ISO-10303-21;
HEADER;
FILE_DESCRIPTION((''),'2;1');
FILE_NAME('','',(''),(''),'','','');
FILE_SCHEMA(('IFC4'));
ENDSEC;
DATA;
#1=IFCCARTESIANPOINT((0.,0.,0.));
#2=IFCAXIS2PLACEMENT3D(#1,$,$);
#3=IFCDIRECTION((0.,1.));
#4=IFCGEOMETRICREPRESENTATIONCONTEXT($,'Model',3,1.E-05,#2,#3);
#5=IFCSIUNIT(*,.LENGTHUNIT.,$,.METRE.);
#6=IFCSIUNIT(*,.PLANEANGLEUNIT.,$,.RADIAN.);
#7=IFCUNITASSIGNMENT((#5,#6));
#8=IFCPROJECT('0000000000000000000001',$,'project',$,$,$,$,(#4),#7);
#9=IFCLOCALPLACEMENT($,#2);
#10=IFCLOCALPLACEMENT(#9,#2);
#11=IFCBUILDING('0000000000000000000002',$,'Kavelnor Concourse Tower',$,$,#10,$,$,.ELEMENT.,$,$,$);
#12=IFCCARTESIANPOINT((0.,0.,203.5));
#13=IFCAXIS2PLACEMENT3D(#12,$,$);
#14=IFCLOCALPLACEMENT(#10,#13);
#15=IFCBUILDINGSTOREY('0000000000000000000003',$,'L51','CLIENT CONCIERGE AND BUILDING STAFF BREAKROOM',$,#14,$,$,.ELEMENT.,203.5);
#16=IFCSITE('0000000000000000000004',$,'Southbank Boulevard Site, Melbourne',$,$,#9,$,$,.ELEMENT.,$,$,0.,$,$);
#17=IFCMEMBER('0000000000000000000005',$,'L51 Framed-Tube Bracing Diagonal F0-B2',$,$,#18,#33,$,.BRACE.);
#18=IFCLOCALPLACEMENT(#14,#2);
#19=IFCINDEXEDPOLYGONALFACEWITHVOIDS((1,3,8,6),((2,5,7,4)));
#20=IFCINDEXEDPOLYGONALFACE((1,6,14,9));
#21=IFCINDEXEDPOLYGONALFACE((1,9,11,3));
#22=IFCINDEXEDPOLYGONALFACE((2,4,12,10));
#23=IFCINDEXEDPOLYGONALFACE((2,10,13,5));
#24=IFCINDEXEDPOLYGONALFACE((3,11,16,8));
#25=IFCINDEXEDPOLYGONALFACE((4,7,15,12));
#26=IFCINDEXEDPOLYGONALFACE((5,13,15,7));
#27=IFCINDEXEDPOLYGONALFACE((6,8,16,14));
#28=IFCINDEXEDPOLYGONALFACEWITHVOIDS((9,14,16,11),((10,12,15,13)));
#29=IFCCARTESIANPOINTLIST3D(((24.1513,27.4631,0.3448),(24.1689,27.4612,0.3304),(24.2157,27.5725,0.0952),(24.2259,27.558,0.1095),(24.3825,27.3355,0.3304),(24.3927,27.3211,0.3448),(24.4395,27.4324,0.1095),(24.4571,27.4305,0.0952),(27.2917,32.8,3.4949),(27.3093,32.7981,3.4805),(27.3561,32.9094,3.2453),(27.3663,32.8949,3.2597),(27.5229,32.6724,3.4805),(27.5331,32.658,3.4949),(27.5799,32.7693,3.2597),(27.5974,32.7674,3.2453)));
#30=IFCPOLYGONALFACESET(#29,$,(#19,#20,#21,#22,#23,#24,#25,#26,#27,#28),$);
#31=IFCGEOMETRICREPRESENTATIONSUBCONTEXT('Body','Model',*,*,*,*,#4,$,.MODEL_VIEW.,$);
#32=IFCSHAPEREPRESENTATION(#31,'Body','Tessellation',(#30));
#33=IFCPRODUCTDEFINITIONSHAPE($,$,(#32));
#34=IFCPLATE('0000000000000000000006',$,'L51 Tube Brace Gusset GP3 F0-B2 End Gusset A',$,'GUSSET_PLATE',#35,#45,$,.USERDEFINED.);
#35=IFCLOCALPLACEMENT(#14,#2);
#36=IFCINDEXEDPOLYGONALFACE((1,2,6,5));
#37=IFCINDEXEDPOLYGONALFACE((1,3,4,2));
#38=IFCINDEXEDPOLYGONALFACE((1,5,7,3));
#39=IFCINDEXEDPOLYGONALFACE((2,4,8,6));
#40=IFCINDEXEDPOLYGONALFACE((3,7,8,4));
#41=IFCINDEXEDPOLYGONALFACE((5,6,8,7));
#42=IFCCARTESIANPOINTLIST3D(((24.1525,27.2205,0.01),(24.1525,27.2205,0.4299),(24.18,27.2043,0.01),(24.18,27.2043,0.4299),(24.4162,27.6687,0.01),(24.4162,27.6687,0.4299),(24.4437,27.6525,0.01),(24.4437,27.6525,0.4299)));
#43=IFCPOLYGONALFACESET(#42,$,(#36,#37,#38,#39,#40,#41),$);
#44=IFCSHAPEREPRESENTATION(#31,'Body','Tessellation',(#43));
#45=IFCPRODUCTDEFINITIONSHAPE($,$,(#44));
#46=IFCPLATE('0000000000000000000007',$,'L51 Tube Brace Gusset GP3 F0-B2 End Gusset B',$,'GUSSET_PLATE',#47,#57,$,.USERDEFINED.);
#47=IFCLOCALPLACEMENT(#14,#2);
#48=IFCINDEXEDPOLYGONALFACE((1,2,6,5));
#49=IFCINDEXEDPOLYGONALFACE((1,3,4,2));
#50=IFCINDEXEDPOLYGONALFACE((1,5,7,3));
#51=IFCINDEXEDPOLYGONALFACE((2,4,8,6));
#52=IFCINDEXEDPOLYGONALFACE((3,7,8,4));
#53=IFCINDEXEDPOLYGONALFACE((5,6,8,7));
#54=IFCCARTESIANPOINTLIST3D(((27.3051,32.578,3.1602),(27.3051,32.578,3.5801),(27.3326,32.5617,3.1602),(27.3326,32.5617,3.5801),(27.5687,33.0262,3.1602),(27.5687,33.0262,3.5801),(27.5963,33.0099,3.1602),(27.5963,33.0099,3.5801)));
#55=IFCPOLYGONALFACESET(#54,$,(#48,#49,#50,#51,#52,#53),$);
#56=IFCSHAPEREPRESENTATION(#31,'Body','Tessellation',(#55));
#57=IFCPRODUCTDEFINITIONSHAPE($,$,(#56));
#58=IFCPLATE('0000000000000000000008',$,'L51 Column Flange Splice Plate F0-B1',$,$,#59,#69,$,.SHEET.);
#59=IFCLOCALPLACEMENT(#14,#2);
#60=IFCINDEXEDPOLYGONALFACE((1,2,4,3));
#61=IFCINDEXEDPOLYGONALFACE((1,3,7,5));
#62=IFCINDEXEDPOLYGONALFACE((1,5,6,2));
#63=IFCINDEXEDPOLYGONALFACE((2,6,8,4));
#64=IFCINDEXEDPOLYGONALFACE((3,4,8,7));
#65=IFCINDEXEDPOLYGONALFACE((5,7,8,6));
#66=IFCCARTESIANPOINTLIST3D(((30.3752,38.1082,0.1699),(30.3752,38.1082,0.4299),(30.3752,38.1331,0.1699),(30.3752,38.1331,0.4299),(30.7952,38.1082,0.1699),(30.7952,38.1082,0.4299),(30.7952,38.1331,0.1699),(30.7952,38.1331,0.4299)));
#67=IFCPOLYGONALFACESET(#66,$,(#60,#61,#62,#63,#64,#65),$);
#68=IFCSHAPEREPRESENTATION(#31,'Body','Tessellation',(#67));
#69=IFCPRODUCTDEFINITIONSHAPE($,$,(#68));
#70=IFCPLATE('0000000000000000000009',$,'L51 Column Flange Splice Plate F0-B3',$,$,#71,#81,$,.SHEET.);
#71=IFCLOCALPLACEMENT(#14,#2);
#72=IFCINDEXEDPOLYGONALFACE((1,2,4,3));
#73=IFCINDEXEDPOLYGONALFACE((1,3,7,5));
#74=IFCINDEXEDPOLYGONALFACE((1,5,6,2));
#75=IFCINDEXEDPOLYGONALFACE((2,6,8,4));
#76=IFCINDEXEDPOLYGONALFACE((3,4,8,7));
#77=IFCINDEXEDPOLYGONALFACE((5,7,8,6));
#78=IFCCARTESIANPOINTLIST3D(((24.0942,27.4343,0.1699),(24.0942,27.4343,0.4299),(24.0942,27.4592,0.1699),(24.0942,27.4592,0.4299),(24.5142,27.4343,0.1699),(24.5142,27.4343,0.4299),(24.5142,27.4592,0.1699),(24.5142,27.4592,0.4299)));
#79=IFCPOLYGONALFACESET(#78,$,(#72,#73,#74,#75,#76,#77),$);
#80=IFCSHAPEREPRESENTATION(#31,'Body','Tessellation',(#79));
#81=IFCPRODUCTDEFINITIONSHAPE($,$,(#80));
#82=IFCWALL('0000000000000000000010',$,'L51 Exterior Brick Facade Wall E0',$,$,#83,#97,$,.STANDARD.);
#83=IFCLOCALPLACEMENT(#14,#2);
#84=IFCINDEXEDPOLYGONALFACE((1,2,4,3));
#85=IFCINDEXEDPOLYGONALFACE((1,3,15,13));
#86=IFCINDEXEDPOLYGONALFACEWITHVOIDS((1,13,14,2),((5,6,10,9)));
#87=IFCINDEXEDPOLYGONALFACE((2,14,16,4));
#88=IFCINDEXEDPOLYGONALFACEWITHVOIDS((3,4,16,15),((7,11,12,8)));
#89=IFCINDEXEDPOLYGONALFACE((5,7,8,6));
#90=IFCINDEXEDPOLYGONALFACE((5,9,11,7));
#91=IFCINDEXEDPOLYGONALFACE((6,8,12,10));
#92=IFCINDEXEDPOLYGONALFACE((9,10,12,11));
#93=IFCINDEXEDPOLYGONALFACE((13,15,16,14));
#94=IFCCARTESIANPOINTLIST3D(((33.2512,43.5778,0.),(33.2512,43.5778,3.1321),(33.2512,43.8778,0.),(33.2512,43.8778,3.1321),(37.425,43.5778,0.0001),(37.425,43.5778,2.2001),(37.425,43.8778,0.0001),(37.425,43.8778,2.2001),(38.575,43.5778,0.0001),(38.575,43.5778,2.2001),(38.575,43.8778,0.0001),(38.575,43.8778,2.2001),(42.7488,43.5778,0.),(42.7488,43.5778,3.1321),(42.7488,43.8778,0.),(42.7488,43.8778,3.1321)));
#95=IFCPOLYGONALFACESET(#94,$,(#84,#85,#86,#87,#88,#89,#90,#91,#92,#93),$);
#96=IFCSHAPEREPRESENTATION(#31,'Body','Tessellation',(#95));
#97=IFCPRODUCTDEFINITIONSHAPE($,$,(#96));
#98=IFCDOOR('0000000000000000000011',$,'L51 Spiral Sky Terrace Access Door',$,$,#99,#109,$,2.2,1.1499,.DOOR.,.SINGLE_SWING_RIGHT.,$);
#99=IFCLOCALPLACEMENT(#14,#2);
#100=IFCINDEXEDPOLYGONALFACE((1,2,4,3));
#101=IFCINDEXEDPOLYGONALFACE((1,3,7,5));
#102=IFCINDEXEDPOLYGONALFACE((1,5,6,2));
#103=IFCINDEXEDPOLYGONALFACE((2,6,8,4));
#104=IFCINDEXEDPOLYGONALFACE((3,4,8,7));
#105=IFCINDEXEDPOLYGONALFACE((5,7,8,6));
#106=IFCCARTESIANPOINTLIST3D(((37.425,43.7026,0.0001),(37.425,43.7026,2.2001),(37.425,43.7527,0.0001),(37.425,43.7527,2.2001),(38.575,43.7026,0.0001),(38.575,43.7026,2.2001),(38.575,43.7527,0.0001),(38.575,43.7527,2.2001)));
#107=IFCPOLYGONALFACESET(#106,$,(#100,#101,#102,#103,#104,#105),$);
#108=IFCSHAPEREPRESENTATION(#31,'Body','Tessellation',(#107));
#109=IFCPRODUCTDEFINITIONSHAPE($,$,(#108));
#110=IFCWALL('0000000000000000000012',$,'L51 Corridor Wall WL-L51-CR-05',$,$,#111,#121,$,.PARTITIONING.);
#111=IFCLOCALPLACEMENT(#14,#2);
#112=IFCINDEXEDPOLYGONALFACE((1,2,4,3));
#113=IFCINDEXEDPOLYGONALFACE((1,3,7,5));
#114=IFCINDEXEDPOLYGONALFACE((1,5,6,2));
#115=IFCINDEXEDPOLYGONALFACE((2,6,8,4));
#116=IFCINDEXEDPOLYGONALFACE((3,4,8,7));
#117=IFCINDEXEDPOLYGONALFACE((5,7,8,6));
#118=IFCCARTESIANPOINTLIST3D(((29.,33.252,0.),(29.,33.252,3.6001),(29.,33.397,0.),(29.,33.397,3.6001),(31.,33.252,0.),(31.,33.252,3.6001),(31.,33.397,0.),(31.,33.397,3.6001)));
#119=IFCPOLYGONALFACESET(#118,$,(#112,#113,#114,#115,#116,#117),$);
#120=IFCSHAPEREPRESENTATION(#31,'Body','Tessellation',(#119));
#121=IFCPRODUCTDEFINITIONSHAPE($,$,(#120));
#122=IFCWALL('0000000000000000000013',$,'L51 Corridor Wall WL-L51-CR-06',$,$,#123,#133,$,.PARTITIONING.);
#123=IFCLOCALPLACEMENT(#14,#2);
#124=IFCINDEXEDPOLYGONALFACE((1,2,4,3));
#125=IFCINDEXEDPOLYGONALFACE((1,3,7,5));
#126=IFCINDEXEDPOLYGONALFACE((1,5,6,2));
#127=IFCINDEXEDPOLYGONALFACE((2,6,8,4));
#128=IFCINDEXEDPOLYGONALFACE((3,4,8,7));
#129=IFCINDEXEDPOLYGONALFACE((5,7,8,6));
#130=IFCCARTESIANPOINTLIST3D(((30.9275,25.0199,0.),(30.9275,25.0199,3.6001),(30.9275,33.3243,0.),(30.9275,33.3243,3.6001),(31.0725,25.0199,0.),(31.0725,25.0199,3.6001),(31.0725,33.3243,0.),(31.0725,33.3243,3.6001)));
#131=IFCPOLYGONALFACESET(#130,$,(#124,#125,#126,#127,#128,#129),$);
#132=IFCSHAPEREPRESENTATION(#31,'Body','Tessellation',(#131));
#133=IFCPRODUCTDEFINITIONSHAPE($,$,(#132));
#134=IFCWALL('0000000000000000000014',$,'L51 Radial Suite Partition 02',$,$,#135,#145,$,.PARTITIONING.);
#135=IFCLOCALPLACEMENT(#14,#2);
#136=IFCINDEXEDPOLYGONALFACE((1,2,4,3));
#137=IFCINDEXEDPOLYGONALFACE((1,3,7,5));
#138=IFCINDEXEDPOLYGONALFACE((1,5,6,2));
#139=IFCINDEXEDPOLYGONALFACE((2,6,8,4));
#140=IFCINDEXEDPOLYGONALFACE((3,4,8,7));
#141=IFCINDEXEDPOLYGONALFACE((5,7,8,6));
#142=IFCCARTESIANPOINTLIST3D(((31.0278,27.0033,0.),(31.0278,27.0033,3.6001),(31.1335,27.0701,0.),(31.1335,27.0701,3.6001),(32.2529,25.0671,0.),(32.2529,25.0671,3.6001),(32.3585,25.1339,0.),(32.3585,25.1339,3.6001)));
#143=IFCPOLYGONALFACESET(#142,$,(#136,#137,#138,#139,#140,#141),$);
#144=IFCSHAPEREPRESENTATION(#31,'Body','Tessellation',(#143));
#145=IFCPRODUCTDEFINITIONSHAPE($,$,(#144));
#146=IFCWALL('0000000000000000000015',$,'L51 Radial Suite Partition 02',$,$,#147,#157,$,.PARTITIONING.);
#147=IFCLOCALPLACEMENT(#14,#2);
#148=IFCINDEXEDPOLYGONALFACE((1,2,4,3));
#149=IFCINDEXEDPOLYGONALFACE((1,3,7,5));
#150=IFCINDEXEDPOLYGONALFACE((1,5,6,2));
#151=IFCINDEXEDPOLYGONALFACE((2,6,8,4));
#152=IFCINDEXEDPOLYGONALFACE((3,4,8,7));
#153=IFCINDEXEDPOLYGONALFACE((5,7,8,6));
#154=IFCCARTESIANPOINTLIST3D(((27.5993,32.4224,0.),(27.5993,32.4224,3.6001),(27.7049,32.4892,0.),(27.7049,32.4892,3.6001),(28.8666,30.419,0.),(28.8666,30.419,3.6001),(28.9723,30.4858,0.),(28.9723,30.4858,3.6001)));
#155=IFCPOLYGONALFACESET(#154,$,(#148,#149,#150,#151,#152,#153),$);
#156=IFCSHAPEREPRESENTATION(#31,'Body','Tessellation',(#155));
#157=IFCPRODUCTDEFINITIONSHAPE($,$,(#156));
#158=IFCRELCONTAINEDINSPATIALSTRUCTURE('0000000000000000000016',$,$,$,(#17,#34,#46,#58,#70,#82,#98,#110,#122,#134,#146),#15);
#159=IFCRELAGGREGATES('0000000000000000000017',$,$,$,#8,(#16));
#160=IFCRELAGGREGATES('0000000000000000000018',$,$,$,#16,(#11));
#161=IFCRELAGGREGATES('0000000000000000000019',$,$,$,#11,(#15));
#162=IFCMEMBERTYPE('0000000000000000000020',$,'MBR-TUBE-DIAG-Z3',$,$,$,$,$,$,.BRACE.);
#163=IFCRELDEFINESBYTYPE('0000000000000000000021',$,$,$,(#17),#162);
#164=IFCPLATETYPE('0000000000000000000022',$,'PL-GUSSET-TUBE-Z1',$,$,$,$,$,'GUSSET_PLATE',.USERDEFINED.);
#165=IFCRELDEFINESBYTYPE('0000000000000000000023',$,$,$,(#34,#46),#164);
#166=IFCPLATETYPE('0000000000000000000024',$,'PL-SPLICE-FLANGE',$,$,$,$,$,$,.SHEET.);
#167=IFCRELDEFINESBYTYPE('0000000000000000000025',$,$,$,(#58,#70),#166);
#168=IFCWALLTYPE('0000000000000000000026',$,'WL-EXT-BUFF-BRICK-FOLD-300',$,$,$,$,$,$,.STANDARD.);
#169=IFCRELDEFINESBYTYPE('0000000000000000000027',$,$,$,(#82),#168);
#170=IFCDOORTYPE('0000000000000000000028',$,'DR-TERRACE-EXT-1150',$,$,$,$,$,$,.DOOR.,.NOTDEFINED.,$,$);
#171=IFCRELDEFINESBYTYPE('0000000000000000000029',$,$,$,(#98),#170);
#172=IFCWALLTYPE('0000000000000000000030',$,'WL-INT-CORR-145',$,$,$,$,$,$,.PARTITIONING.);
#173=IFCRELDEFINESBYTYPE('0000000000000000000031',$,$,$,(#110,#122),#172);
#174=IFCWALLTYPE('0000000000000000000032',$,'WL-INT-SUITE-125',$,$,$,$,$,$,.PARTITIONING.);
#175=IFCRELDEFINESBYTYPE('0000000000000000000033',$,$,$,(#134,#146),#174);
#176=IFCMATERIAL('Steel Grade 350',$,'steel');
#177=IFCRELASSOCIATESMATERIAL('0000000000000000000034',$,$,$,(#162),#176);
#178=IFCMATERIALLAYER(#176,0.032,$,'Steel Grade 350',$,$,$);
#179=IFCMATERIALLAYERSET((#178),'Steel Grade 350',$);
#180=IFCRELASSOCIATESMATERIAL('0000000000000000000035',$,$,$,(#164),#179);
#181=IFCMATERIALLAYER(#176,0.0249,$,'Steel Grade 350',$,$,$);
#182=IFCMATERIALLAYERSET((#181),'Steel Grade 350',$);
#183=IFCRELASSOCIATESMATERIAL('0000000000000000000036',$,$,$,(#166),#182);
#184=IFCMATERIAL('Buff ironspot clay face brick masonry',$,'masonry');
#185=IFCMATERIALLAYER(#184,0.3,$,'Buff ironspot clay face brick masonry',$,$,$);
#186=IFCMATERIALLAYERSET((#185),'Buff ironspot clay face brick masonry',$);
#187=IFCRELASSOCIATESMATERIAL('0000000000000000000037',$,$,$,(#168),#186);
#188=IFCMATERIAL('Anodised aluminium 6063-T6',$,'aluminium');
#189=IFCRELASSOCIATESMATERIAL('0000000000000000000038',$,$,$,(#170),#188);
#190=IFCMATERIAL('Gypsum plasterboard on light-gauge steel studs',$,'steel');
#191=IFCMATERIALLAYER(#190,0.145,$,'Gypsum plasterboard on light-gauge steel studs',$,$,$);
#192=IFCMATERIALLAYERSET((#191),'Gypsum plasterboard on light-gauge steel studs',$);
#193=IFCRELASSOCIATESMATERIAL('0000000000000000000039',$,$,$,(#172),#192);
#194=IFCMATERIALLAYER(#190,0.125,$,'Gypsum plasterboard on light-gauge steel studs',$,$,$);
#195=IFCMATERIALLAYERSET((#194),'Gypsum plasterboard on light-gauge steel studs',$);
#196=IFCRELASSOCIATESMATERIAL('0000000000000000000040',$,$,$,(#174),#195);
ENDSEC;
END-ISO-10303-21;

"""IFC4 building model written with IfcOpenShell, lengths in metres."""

from ifc_helpers import new_model, si_unit, direction, frame, frame_2d, origin, origin_2d, place, context, subcontext, project, spatial, rectangle, hollow_rectangle, extrude, material, layer, layer_set, material_profile, profile_set, type_object, element, fill, save


model = new_model("IFC4")

# Units and contexts
model_context = context("Model", 3, precision=1e-05, world=origin(), true_north=direction((0.0, 1.0)))
body_context = subcontext(model_context, "Body", "Model", "MODEL_VIEW")
ifc_project = project(units=[si_unit("LENGTHUNIT", "METRE"), si_unit("PLANEANGLEUNIT", "RADIAN")], contexts=[model_context])

# Site, building, storey
site_placement = place(None, origin())
site = spatial("IfcSite", under=ifc_project, at=site_placement, Name="Southbank Boulevard Site, Melbourne", CompositionType="ELEMENT", RefElevation=0.0)
building_placement = place(site_placement, origin())
building = spatial("IfcBuilding", under=site, at=building_placement, Name="Kavelnor Concourse Tower", CompositionType="ELEMENT")
storey_placement = place(building_placement, frame((0.0, 0.0, 203.5)))
storey = spatial("IfcBuildingStorey", under=building, at=storey_placement, Name="L51", Description="CLIENT CONCIERGE AND BUILDING STAFF BREAKROOM", CompositionType="ELEMENT", Elevation=203.5)

# Shared definitions
ifc_material_1 = material(Name="Steel Grade 350", Category="steel")

# Member
ifc_material_profile_1 = material_profile(ifc_material_1, hollow_rectangle(XDim=0.28, YDim=0.28, WallThickness=0.0161, at=origin_2d()), Name="SHS 280x280x16")
ifc_profile_set_1 = profile_set([ifc_material_profile_1], Name="Steel Grade 350")
member_type = type_object("IfcMemberType", Name="MBR-TUBE-DIAG-Z3", PredefinedType="BRACE", material=ifc_profile_set_1)
member_placement = place(storey_placement, frame((24.3042, 27.4468, 0.22), z_axis=(0.452015, 0.768175, 0.45342), x_axis=(-0.861862, 0.507142, 0.0)))
element("IfcMember", 1, at=member_placement, inside=storey, type_object=member_type, Name="L51 Framed-Tube Bracing Diagonal F0-B2", PredefinedType="BRACE", context=body_context, shape_type="SweptSolid", body=[
    extrude(hollow_rectangle(XDim=0.28, YDim=0.28, WallThickness=0.0161, at=origin_2d()), origin(), (0.0, 0.0, 1.0), 6.9475),
])

# Plates
ifc_layer_1 = layer(ifc_material_1, 0.032, Name="Steel Grade 350")
ifc_layer_set_1 = layer_set([ifc_layer_1], Name="Steel Grade 350")
plate_type_1 = type_object("IfcPlateType", Name="PL-GUSSET-TUBE-Z1", ElementType="GUSSET_PLATE", PredefinedType="USERDEFINED", material=ifc_layer_set_1)
for number, where, z_axis, x_axis, name in (
    (2, (24.2981, 27.4365, 0.01), (0.0, 0.0, 1.0), (0.507087, 0.861895, 0.0), "L51 Tube Brace Gusset GP3 F0-B2 End Gusset A"),
    (3, (27.4507, 32.7939, 3.1602), (0.0, 0.0, 1.0), (0.507087, 0.861895, 0.0), "L51 Tube Brace Gusset GP3 F0-B2 End Gusset B"),
):
    element("IfcPlate", number, at=place(storey_placement, frame(where, z_axis=z_axis, x_axis=x_axis)), inside=storey, type_object=plate_type_1, Name=name, ObjectType="GUSSET_PLATE", PredefinedType="USERDEFINED", context=body_context, shape_type="SweptSolid", body=[
        extrude(rectangle(XDim=0.52, YDim=0.032, at=origin_2d()), origin(), (0.0, 0.0, 1.0), 0.4199),
    ])
ifc_layer_2 = layer(ifc_material_1, 0.0249, Name="Steel Grade 350")
ifc_layer_set_2 = layer_set([ifc_layer_2], Name="Steel Grade 350")
plate_type_2 = type_object("IfcPlateType", Name="PL-SPLICE-FLANGE", PredefinedType="SHEET", material=ifc_layer_set_2)
for number, where, z_axis, x_axis, name in (
    (4, (30.5852, 38.1206, 0.1699), (0.0, 0.0, 1.0), (1.0, 0.0, 0.0), "L51 Column Flange Splice Plate F0-B1"),
    (5, (24.3042, 27.4468, 0.1699), (0.0, 0.0, 1.0), (1.0, 0.0, 0.0), "L51 Column Flange Splice Plate F0-B3"),
):
    element("IfcPlate", number, at=place(storey_placement, frame(where, z_axis=z_axis, x_axis=x_axis)), inside=storey, type_object=plate_type_2, Name=name, PredefinedType="SHEET", context=body_context, shape_type="SweptSolid", body=[
        extrude(rectangle(XDim=0.4199, YDim=0.0249, at=origin_2d()), origin(), (0.0, 0.0, 1.0), 0.26),
    ])

# Wall, opening, door
ifc_material_2 = material(Name="Buff ironspot clay face brick masonry", Category="masonry")
ifc_layer_3 = layer(ifc_material_2, 0.3, Name="Buff ironspot clay face brick masonry")
ifc_layer_set_3 = layer_set([ifc_layer_3], Name="Buff ironspot clay face brick masonry")
wall_type_1 = type_object("IfcWallType", Name="WL-EXT-BUFF-BRICK-FOLD-300", PredefinedType="STANDARD", material=ifc_layer_set_3)
wall_1_placement = place(storey_placement, frame((33.2512, 43.7278, 0.0), z_axis=(0.0, 0.0, 1.0), x_axis=(1.0, 0.0, 0.0)))
wall_1 = element("IfcWall", 6, at=wall_1_placement, inside=storey, type_object=wall_type_1, Name="L51 Exterior Brick Facade Wall E0", PredefinedType="STANDARD", context=body_context, shape_type="SweptSolid", body=[
    extrude(rectangle(XDim=9.4976, YDim=0.3, at=frame_2d((4.7488, 0.0))), origin(), (0.0, 0.0, 1.0), 3.1321),
])
opening_1_placement = place(wall_1_placement, frame((4.1738, 0.0, 0.0)))
opening_1 = element("IfcOpeningElement", 7, at=opening_1_placement, cuts=wall_1, PredefinedType="OPENING", context=body_context, shape_type="SweptSolid", body=[
    extrude(rectangle(XDim=1.1499, YDim=2.2, at=frame_2d((0.575, 1.1001))), frame((0.0, 0.1602, 0.0), z_axis=(0.0, -1.0, 0.0), x_axis=(1.0, 0.0, 0.0)), (0.0, 0.0, 1.0), 0.3201),
])
ifc_material_3 = material(Name="Anodised aluminium 6063-T6", Category="aluminium")
door_type_1 = type_object("IfcDoorType", Name="DR-TERRACE-EXT-1150", OperationType="NOTDEFINED", PredefinedType="DOOR", material=ifc_material_3)
door_1_placement = place(opening_1_placement, origin())
door_1 = element("IfcDoor", 8, at=door_1_placement, inside=storey, type_object=door_type_1, Name="L51 Spiral Sky Terrace Access Door", OperationType="SINGLE_SWING_RIGHT", OverallHeight=2.2, OverallWidth=1.1499, PredefinedType="DOOR", context=body_context, shape_type="SweptSolid", body=[
    extrude(rectangle(XDim=1.1499, YDim=2.2, at=frame_2d((0.575, 1.1001))), frame((0.0, 0.0249, 0.0), z_axis=(0.0, -1.0, 0.0), x_axis=(1.0, 0.0, 0.0)), (0.0, 0.0, 1.0), 0.05),
])
fill(opening_1, door_1)

# Walls
ifc_material_4 = material(Name="Gypsum plasterboard on light-gauge steel studs", Category="steel")
ifc_layer_4 = layer(ifc_material_4, 0.145, Name="Gypsum plasterboard on light-gauge steel studs")
ifc_layer_set_4 = layer_set([ifc_layer_4], Name="Gypsum plasterboard on light-gauge steel studs")
wall_type_2 = type_object("IfcWallType", Name="WL-INT-CORR-145", PredefinedType="PARTITIONING", material=ifc_layer_set_4)
wall_2_placement = place(storey_placement, frame((29.0, 33.3245, 0.0), z_axis=(0.0, 0.0, 1.0), x_axis=(1.0, 0.0, 0.0)))
element("IfcWall", 9, at=wall_2_placement, inside=storey, type_object=wall_type_2, Name="L51 Corridor Wall WL-L51-CR-05", PredefinedType="PARTITIONING", context=body_context, shape_type="SweptSolid", body=[
    extrude(rectangle(XDim=2.0, YDim=0.145, at=frame_2d((1.0, 0.0))), origin(), (0.0, 0.0, 1.0), 3.6001),
])
wall_3_placement = place(storey_placement, frame((31.0, 33.3245, 0.0), z_axis=(0.0, 0.0, 1.0), x_axis=(0.0, -1.0, 0.0)))
element("IfcWall", 10, at=wall_3_placement, inside=storey, type_object=wall_type_2, Name="L51 Corridor Wall WL-L51-CR-06", PredefinedType="PARTITIONING", context=body_context, shape_type="SweptSolid", body=[
    extrude(rectangle(XDim=8.3044, YDim=0.145, at=frame_2d((4.1523, 0.0))), origin(), (0.0, 0.0, 1.0), 3.6001),
])
ifc_layer_5 = layer(ifc_material_4, 0.125, Name="Gypsum plasterboard on light-gauge steel studs")
ifc_layer_set_5 = layer_set([ifc_layer_5], Name="Gypsum plasterboard on light-gauge steel studs")
wall_type_3 = type_object("IfcWallType", Name="WL-INT-SUITE-125", PredefinedType="PARTITIONING", material=ifc_layer_set_5)
wall_4_placement = place(storey_placement, frame((32.3057, 25.1006, 0.0), z_axis=(0.0, 0.0, 1.0), x_axis=(-0.534674, 0.845058, 0.0)))
element("IfcWall", 11, at=wall_4_placement, inside=storey, type_object=wall_type_3, Name="L51 Radial Suite Partition 02", PredefinedType="PARTITIONING", context=body_context, shape_type="SweptSolid", body=[
    extrude(rectangle(XDim=2.2913, YDim=0.125, at=frame_2d((1.1455, 0.0))), origin(), (0.0, 0.0, 1.0), 3.6001),
])
wall_5_placement = place(storey_placement, frame((28.9194, 30.4524, 0.0), z_axis=(0.0, 0.0, 1.0), x_axis=(-0.534601, 0.845104, 0.0)))
element("IfcWall", 12, at=wall_5_placement, inside=storey, type_object=wall_type_3, Name="L51 Radial Suite Partition 02", PredefinedType="PARTITIONING", context=body_context, shape_type="SweptSolid", body=[
    extrude(rectangle(XDim=2.3706, YDim=0.125, at=frame_2d((1.1853, 0.0))), origin(), (0.0, 0.0, 1.0), 3.6001),
])

save(model, "model.ifc")
